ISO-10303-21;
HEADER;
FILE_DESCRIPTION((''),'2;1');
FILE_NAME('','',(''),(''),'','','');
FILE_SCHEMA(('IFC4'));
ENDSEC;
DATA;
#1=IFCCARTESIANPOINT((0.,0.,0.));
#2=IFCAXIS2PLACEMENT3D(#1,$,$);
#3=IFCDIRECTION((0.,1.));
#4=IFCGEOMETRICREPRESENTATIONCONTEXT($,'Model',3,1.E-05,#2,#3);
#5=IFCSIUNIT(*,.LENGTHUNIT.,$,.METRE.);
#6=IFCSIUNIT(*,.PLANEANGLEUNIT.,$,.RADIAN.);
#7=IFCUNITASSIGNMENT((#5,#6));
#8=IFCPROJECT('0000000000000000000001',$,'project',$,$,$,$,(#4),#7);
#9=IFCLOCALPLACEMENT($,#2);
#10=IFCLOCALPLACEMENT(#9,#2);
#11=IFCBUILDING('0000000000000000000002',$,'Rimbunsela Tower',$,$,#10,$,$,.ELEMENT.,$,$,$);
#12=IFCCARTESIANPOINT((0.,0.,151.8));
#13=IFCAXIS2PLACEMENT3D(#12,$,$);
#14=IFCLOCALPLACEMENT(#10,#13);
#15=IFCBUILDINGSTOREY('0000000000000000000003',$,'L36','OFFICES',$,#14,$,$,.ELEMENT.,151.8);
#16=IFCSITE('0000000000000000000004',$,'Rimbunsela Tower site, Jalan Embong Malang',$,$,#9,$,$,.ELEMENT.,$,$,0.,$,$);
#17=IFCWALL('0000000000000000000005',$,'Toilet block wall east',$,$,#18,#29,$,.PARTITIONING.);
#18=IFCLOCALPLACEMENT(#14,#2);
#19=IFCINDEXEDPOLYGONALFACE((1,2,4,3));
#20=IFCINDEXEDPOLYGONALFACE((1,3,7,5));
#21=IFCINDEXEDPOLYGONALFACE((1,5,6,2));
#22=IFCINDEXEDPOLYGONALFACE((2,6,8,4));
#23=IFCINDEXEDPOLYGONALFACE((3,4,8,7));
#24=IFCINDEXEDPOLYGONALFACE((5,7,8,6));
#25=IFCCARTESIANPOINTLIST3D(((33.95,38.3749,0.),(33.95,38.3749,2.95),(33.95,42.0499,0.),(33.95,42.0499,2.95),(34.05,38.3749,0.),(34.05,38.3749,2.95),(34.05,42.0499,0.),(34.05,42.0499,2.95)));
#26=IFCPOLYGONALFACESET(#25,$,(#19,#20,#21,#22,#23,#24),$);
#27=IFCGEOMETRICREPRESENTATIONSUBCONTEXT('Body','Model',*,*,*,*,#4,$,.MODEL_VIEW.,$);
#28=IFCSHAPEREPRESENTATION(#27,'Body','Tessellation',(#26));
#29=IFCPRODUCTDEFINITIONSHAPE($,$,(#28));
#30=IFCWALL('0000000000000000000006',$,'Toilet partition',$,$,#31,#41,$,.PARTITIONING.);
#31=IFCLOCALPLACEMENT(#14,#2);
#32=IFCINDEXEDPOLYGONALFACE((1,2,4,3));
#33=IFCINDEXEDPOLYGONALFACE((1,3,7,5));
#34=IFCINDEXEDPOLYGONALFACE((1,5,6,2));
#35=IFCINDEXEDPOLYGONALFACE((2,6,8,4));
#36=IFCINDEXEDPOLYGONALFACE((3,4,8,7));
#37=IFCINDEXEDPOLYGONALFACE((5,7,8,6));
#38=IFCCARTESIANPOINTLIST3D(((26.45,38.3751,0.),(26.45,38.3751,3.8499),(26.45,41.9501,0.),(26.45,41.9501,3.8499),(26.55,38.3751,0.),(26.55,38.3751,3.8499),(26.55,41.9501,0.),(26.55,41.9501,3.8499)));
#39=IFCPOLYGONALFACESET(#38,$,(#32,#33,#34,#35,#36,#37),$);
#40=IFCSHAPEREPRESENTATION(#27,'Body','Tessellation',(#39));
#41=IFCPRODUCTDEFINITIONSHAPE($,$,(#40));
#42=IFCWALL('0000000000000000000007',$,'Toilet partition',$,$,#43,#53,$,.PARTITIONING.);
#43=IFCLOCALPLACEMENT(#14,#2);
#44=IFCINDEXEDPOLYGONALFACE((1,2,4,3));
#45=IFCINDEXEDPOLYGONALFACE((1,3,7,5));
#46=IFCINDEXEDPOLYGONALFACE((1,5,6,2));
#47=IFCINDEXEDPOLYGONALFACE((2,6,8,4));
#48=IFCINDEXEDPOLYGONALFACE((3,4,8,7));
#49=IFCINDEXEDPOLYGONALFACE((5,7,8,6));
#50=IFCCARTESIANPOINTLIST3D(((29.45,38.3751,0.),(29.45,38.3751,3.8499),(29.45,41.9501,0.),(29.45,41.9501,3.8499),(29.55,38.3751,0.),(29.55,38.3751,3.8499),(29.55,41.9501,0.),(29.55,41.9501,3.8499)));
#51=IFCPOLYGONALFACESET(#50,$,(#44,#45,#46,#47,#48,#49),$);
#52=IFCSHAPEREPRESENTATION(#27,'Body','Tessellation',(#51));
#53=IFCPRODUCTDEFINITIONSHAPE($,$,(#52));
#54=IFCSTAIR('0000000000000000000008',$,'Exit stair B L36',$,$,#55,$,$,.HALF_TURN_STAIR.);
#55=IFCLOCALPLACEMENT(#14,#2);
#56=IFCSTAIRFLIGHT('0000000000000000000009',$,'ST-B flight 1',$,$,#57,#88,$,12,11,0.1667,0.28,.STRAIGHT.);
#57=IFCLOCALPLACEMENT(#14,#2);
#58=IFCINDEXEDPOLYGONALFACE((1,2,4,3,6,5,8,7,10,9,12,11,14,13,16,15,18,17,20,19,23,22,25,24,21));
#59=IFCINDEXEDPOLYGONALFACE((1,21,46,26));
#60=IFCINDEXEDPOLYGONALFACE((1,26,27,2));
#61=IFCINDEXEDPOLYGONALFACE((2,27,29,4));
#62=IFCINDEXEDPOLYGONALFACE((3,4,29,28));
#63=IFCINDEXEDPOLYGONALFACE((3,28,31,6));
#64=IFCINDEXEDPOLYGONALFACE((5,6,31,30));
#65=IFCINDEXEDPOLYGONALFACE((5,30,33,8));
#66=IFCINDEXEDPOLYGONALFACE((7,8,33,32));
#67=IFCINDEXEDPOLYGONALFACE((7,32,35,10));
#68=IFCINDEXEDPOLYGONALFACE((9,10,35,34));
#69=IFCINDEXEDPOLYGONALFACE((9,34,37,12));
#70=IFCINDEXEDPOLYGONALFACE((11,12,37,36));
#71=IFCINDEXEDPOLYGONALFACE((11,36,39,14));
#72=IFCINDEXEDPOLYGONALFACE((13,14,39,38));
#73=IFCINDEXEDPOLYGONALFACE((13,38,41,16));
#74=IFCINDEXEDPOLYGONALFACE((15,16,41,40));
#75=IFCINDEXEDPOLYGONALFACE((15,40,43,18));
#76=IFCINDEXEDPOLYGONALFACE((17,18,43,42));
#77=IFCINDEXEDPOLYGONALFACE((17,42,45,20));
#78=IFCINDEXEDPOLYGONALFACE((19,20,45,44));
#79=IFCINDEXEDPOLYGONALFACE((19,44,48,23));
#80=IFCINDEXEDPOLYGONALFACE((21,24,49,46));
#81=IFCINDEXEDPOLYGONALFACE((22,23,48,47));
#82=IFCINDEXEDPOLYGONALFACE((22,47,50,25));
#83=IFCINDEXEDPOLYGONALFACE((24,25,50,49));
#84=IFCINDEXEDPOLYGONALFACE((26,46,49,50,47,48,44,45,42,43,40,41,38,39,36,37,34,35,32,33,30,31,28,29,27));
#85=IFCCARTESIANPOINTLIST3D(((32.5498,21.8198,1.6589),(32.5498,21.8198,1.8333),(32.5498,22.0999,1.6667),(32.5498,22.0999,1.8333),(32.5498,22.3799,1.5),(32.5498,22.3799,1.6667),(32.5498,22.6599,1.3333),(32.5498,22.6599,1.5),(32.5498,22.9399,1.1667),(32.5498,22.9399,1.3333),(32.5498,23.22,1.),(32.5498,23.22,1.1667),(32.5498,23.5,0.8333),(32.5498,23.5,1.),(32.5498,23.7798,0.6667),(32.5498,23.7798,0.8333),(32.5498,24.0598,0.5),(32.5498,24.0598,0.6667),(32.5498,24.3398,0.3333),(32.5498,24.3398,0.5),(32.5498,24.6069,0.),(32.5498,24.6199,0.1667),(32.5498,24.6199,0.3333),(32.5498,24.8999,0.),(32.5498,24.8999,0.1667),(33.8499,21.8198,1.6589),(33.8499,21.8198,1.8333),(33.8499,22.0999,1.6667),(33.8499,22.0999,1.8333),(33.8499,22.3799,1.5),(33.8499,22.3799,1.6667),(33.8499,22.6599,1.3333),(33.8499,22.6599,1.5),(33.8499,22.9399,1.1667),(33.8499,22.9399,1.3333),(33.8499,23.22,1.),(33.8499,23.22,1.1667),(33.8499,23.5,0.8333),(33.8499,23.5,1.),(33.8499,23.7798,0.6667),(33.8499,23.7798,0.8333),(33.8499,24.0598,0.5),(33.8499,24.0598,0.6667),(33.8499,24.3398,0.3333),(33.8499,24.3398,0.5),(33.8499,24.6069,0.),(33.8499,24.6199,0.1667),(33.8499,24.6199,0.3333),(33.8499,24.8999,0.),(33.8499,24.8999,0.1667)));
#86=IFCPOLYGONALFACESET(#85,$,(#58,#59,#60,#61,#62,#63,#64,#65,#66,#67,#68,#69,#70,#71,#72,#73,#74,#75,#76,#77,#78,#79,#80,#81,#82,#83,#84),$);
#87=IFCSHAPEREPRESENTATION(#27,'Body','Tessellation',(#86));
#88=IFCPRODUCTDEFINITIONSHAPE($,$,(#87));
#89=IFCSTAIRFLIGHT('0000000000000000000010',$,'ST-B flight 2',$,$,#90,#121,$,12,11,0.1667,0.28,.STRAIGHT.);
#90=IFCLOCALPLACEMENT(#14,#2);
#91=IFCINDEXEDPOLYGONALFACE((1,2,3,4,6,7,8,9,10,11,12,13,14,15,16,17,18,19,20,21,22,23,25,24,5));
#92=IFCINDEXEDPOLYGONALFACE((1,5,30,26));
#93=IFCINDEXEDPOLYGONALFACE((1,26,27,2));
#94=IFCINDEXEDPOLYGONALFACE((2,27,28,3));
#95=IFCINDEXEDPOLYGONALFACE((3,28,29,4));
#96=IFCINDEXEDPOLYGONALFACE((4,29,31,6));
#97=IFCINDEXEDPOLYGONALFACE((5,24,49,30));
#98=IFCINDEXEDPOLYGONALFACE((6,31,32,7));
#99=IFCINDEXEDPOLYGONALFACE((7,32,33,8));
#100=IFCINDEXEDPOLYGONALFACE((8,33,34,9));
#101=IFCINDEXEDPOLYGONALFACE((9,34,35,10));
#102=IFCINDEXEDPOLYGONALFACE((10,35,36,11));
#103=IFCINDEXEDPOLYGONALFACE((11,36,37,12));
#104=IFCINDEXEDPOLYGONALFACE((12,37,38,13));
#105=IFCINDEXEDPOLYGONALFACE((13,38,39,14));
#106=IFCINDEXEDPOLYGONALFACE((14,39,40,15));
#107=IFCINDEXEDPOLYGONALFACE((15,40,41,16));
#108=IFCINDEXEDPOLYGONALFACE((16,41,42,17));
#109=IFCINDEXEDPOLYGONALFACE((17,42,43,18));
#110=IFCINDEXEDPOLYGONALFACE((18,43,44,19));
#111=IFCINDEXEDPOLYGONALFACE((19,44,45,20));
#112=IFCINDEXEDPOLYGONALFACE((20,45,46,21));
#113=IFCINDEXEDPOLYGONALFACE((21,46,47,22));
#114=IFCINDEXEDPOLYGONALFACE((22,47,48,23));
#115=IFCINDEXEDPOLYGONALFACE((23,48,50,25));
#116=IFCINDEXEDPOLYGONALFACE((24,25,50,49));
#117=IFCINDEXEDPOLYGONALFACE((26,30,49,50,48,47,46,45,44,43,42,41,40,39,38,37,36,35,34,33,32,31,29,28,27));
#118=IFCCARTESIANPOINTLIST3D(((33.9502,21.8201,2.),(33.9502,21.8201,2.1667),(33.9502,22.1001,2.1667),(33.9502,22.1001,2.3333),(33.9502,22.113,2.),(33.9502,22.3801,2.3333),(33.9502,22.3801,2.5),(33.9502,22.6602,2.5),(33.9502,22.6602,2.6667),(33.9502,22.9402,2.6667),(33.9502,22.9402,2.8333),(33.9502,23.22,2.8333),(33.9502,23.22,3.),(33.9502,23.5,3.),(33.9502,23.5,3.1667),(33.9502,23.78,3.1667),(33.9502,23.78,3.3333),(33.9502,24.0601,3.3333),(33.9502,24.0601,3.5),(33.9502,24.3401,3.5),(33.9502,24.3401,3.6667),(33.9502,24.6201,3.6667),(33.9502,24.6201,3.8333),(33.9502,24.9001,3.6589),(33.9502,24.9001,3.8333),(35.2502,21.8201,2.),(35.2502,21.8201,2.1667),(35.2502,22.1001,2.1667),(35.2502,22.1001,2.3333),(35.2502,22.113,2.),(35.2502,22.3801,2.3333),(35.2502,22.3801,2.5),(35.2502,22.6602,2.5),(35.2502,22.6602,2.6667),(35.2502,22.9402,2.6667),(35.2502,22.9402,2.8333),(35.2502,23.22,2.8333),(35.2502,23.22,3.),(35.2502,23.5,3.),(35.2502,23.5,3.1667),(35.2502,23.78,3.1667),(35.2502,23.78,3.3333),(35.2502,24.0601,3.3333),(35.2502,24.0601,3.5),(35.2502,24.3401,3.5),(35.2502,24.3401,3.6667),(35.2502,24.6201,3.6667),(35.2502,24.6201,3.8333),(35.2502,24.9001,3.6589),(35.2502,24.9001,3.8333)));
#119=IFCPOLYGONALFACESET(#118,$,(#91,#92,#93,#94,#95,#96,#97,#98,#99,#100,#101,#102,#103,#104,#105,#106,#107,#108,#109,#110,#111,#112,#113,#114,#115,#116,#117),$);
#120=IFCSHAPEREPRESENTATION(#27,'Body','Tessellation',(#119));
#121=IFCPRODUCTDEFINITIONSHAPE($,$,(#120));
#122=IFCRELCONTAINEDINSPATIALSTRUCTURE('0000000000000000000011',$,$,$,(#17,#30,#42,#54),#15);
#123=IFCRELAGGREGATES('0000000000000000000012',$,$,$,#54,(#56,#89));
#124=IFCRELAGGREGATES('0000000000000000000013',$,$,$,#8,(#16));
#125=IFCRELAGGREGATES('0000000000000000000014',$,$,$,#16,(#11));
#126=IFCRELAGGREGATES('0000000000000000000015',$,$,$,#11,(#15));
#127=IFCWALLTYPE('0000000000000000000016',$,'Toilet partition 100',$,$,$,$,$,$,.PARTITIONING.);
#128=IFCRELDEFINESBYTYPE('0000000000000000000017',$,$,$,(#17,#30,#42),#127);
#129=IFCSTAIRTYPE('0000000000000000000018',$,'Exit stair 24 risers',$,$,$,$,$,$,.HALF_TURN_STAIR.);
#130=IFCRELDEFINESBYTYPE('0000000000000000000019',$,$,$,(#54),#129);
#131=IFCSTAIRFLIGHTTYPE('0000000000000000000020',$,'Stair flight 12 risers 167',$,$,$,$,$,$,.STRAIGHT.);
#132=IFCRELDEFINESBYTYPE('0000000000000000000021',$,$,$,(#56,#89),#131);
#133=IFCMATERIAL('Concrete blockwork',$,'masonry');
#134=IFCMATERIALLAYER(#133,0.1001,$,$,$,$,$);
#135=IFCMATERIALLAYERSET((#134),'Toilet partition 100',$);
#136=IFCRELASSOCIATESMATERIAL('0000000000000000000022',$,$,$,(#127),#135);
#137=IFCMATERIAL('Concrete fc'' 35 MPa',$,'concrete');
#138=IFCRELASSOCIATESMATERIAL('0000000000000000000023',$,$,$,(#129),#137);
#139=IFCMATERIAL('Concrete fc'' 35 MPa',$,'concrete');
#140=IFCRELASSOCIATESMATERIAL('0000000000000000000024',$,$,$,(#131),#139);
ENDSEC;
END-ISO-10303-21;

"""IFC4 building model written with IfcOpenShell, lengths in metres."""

from ifc_helpers import new_model, si_unit, direction, frame, frame_2d, origin, place, context, subcontext, project, spatial, polyline, rectangle, outline, extrude, material, layer, layer_set, type_object, element, aggregate, save


model = new_model("IFC4")

# Units and contexts
model_context = context("Model", 3, precision=1e-05, world=origin(), true_north=direction((0.0, 1.0)))
body_context = subcontext(model_context, "Body", "Model", "MODEL_VIEW")
ifc_project = project(units=[si_unit("LENGTHUNIT", "METRE"), si_unit("PLANEANGLEUNIT", "RADIAN")], contexts=[model_context])

# Site, building, storey
site_placement = place(None, origin())
site = spatial("IfcSite", under=ifc_project, at=site_placement, Name="Rimbunsela Tower site, Jalan Embong Malang", CompositionType="ELEMENT", RefElevation=0.0)
building_placement = place(site_placement, origin())
building = spatial("IfcBuilding", under=site, at=building_placement, Name="Rimbunsela Tower", CompositionType="ELEMENT")
storey_placement = place(building_placement, frame((0.0, 0.0, 151.8)))
storey = spatial("IfcBuildingStorey", under=building, at=storey_placement, Name="L36", Description="OFFICES", CompositionType="ELEMENT", Elevation=151.8)

# Walls
ifc_material_1 = material(Name="Concrete blockwork", Category="masonry")
ifc_layer_1 = layer(ifc_material_1, 0.1001)
ifc_layer_set_1 = layer_set([ifc_layer_1], Name="Toilet partition 100")
wall_type_1 = type_object("IfcWallType", Name="Toilet partition 100", PredefinedType="PARTITIONING", material=ifc_layer_set_1)
wall_1_placement = place(storey_placement, frame((34.0, 38.375, 0.0), z_axis=(0.0, 0.0, 1.0), x_axis=(0.0, 1.0, 0.0)))
element("IfcWall", 1, at=wall_1_placement, inside=storey, type_object=wall_type_1, Name="Toilet block wall east", PredefinedType="PARTITIONING", context=body_context, shape_type="SweptSolid", body=[
    extrude(rectangle(XDim=3.675, YDim=0.1001, at=frame_2d((1.8374, 0.0))), origin(), (0.0, 0.0, 1.0), 2.95),
])
for number, where, z_axis, x_axis, name in (
    (2, (26.5, 38.375, 0.0), (0.0, 0.0, 1.0), (0.0, 1.0, 0.0), "Toilet partition"),
    (3, (29.5, 38.375, 0.0), (0.0, 0.0, 1.0), (0.0, 1.0, 0.0), "Toilet partition"),
):
    element("IfcWall", number, at=place(storey_placement, frame(where, z_axis=z_axis, x_axis=x_axis)), inside=storey, type_object=wall_type_1, Name=name, PredefinedType="PARTITIONING", context=body_context, shape_type="SweptSolid", body=[
        extrude(rectangle(XDim=3.575, YDim=0.1001, at=frame_2d((1.7876, 0.0))), origin(), (0.0, 0.0, 1.0), 3.8499),
    ])

# Stair, stair flights
ifc_material_2 = material(Name="Concrete fc' 35 MPa", Category="concrete")
stair_type = type_object("IfcStairType", Name="Exit stair 24 risers", PredefinedType="HALF_TURN_STAIR", material=ifc_material_2)
stair_placement = place(storey_placement, origin())
stair = element("IfcStair", 4, at=stair_placement, inside=storey, type_object=stair_type, Name="Exit stair B L36", PredefinedType="HALF_TURN_STAIR")
ifc_material_3 = material(Name="Concrete fc' 35 MPa", Category="concrete")
stair_flight_type = type_object("IfcStairFlightType", Name="Stair flight 12 risers 167", PredefinedType="STRAIGHT", material=ifc_material_3)
stair_flight_1_placement = place(storey_placement, frame((33.2, 24.8999, 0.0), z_axis=(0.0, 0.0, 1.0), x_axis=(0.0, -1.0, 0.0)))
stair_flight_1 = element("IfcStairFlight", 5, at=stair_flight_1_placement, type_object=stair_flight_type, Name="ST-B flight 1", NumberOfRisers=12, NumberOfTreads=11, PredefinedType="STRAIGHT", RiserHeight=0.1667, TreadLength=0.28, context=body_context, shape_type="SweptSolid", body=[
    extrude(outline(polyline([(0.0, 0.0), (0.0, 0.1667), (0.28, 0.1667), (0.28, 0.3333), (0.5601, 0.3333), (0.5601, 0.5), (0.8401, 0.5), (0.8401, 0.6667), (1.1201, 0.6667), (1.1201, 0.8333), (1.3999, 0.8333), (1.3999, 1.0), (1.6799, 1.0), (1.6799, 1.1667), (1.96, 1.1667), (1.96, 1.3333), (2.24, 1.3333), (2.24, 1.5), (2.52, 1.5), (2.52, 1.6667), (2.8, 1.6667), (2.8, 1.8333), (3.0801, 1.8333), (3.0801, 2.0), (3.0801, 1.6589), (0.293, 0.0), (0.0, 0.0)])), frame((0.0, 0.6499, 0.0), z_axis=(0.0, -1.0, 0.0), x_axis=(1.0, 0.0, 0.0)), (0.0, 0.0, 1.0), 1.3),
])
stair_flight_2_placement = place(storey_placement, frame((34.6001, 21.8201, 2.0), z_axis=(0.0, 0.0, 1.0), x_axis=(0.0, 1.0, 0.0)))
stair_flight_2 = element("IfcStairFlight", 6, at=stair_flight_2_placement, type_object=stair_flight_type, Name="ST-B flight 2", NumberOfRisers=12, NumberOfTreads=11, PredefinedType="STRAIGHT", RiserHeight=0.1667, TreadLength=0.28, context=body_context, shape_type="SweptSolid", body=[
    extrude(outline(polyline([(0.0, 0.0), (0.0, 0.1667), (0.28, 0.1667), (0.28, 0.3333), (0.5601, 0.3333), (0.5601, 0.5), (0.8401, 0.5), (0.8401, 0.6667), (1.1201, 0.6667), (1.1201, 0.8333), (1.3999, 0.8333), (1.3999, 1.0), (1.6799, 1.0), (1.6799, 1.1667), (1.96, 1.1667), (1.96, 1.3333), (2.24, 1.3333), (2.24, 1.5), (2.52, 1.5), (2.52, 1.6667), (2.8, 1.6667), (2.8, 1.8333), (3.0801, 1.8333), (3.0801, 2.0), (3.0801, 1.6589), (0.293, 0.0), (0.0, 0.0)])), frame((0.0, 0.6499, 0.0), z_axis=(0.0, -1.0, 0.0), x_axis=(1.0, 0.0, 0.0)), (0.0, 0.0, 1.0), 1.3),
])
aggregate(stair, [stair_flight_1, stair_flight_2])

save(model, "model.ifc")
